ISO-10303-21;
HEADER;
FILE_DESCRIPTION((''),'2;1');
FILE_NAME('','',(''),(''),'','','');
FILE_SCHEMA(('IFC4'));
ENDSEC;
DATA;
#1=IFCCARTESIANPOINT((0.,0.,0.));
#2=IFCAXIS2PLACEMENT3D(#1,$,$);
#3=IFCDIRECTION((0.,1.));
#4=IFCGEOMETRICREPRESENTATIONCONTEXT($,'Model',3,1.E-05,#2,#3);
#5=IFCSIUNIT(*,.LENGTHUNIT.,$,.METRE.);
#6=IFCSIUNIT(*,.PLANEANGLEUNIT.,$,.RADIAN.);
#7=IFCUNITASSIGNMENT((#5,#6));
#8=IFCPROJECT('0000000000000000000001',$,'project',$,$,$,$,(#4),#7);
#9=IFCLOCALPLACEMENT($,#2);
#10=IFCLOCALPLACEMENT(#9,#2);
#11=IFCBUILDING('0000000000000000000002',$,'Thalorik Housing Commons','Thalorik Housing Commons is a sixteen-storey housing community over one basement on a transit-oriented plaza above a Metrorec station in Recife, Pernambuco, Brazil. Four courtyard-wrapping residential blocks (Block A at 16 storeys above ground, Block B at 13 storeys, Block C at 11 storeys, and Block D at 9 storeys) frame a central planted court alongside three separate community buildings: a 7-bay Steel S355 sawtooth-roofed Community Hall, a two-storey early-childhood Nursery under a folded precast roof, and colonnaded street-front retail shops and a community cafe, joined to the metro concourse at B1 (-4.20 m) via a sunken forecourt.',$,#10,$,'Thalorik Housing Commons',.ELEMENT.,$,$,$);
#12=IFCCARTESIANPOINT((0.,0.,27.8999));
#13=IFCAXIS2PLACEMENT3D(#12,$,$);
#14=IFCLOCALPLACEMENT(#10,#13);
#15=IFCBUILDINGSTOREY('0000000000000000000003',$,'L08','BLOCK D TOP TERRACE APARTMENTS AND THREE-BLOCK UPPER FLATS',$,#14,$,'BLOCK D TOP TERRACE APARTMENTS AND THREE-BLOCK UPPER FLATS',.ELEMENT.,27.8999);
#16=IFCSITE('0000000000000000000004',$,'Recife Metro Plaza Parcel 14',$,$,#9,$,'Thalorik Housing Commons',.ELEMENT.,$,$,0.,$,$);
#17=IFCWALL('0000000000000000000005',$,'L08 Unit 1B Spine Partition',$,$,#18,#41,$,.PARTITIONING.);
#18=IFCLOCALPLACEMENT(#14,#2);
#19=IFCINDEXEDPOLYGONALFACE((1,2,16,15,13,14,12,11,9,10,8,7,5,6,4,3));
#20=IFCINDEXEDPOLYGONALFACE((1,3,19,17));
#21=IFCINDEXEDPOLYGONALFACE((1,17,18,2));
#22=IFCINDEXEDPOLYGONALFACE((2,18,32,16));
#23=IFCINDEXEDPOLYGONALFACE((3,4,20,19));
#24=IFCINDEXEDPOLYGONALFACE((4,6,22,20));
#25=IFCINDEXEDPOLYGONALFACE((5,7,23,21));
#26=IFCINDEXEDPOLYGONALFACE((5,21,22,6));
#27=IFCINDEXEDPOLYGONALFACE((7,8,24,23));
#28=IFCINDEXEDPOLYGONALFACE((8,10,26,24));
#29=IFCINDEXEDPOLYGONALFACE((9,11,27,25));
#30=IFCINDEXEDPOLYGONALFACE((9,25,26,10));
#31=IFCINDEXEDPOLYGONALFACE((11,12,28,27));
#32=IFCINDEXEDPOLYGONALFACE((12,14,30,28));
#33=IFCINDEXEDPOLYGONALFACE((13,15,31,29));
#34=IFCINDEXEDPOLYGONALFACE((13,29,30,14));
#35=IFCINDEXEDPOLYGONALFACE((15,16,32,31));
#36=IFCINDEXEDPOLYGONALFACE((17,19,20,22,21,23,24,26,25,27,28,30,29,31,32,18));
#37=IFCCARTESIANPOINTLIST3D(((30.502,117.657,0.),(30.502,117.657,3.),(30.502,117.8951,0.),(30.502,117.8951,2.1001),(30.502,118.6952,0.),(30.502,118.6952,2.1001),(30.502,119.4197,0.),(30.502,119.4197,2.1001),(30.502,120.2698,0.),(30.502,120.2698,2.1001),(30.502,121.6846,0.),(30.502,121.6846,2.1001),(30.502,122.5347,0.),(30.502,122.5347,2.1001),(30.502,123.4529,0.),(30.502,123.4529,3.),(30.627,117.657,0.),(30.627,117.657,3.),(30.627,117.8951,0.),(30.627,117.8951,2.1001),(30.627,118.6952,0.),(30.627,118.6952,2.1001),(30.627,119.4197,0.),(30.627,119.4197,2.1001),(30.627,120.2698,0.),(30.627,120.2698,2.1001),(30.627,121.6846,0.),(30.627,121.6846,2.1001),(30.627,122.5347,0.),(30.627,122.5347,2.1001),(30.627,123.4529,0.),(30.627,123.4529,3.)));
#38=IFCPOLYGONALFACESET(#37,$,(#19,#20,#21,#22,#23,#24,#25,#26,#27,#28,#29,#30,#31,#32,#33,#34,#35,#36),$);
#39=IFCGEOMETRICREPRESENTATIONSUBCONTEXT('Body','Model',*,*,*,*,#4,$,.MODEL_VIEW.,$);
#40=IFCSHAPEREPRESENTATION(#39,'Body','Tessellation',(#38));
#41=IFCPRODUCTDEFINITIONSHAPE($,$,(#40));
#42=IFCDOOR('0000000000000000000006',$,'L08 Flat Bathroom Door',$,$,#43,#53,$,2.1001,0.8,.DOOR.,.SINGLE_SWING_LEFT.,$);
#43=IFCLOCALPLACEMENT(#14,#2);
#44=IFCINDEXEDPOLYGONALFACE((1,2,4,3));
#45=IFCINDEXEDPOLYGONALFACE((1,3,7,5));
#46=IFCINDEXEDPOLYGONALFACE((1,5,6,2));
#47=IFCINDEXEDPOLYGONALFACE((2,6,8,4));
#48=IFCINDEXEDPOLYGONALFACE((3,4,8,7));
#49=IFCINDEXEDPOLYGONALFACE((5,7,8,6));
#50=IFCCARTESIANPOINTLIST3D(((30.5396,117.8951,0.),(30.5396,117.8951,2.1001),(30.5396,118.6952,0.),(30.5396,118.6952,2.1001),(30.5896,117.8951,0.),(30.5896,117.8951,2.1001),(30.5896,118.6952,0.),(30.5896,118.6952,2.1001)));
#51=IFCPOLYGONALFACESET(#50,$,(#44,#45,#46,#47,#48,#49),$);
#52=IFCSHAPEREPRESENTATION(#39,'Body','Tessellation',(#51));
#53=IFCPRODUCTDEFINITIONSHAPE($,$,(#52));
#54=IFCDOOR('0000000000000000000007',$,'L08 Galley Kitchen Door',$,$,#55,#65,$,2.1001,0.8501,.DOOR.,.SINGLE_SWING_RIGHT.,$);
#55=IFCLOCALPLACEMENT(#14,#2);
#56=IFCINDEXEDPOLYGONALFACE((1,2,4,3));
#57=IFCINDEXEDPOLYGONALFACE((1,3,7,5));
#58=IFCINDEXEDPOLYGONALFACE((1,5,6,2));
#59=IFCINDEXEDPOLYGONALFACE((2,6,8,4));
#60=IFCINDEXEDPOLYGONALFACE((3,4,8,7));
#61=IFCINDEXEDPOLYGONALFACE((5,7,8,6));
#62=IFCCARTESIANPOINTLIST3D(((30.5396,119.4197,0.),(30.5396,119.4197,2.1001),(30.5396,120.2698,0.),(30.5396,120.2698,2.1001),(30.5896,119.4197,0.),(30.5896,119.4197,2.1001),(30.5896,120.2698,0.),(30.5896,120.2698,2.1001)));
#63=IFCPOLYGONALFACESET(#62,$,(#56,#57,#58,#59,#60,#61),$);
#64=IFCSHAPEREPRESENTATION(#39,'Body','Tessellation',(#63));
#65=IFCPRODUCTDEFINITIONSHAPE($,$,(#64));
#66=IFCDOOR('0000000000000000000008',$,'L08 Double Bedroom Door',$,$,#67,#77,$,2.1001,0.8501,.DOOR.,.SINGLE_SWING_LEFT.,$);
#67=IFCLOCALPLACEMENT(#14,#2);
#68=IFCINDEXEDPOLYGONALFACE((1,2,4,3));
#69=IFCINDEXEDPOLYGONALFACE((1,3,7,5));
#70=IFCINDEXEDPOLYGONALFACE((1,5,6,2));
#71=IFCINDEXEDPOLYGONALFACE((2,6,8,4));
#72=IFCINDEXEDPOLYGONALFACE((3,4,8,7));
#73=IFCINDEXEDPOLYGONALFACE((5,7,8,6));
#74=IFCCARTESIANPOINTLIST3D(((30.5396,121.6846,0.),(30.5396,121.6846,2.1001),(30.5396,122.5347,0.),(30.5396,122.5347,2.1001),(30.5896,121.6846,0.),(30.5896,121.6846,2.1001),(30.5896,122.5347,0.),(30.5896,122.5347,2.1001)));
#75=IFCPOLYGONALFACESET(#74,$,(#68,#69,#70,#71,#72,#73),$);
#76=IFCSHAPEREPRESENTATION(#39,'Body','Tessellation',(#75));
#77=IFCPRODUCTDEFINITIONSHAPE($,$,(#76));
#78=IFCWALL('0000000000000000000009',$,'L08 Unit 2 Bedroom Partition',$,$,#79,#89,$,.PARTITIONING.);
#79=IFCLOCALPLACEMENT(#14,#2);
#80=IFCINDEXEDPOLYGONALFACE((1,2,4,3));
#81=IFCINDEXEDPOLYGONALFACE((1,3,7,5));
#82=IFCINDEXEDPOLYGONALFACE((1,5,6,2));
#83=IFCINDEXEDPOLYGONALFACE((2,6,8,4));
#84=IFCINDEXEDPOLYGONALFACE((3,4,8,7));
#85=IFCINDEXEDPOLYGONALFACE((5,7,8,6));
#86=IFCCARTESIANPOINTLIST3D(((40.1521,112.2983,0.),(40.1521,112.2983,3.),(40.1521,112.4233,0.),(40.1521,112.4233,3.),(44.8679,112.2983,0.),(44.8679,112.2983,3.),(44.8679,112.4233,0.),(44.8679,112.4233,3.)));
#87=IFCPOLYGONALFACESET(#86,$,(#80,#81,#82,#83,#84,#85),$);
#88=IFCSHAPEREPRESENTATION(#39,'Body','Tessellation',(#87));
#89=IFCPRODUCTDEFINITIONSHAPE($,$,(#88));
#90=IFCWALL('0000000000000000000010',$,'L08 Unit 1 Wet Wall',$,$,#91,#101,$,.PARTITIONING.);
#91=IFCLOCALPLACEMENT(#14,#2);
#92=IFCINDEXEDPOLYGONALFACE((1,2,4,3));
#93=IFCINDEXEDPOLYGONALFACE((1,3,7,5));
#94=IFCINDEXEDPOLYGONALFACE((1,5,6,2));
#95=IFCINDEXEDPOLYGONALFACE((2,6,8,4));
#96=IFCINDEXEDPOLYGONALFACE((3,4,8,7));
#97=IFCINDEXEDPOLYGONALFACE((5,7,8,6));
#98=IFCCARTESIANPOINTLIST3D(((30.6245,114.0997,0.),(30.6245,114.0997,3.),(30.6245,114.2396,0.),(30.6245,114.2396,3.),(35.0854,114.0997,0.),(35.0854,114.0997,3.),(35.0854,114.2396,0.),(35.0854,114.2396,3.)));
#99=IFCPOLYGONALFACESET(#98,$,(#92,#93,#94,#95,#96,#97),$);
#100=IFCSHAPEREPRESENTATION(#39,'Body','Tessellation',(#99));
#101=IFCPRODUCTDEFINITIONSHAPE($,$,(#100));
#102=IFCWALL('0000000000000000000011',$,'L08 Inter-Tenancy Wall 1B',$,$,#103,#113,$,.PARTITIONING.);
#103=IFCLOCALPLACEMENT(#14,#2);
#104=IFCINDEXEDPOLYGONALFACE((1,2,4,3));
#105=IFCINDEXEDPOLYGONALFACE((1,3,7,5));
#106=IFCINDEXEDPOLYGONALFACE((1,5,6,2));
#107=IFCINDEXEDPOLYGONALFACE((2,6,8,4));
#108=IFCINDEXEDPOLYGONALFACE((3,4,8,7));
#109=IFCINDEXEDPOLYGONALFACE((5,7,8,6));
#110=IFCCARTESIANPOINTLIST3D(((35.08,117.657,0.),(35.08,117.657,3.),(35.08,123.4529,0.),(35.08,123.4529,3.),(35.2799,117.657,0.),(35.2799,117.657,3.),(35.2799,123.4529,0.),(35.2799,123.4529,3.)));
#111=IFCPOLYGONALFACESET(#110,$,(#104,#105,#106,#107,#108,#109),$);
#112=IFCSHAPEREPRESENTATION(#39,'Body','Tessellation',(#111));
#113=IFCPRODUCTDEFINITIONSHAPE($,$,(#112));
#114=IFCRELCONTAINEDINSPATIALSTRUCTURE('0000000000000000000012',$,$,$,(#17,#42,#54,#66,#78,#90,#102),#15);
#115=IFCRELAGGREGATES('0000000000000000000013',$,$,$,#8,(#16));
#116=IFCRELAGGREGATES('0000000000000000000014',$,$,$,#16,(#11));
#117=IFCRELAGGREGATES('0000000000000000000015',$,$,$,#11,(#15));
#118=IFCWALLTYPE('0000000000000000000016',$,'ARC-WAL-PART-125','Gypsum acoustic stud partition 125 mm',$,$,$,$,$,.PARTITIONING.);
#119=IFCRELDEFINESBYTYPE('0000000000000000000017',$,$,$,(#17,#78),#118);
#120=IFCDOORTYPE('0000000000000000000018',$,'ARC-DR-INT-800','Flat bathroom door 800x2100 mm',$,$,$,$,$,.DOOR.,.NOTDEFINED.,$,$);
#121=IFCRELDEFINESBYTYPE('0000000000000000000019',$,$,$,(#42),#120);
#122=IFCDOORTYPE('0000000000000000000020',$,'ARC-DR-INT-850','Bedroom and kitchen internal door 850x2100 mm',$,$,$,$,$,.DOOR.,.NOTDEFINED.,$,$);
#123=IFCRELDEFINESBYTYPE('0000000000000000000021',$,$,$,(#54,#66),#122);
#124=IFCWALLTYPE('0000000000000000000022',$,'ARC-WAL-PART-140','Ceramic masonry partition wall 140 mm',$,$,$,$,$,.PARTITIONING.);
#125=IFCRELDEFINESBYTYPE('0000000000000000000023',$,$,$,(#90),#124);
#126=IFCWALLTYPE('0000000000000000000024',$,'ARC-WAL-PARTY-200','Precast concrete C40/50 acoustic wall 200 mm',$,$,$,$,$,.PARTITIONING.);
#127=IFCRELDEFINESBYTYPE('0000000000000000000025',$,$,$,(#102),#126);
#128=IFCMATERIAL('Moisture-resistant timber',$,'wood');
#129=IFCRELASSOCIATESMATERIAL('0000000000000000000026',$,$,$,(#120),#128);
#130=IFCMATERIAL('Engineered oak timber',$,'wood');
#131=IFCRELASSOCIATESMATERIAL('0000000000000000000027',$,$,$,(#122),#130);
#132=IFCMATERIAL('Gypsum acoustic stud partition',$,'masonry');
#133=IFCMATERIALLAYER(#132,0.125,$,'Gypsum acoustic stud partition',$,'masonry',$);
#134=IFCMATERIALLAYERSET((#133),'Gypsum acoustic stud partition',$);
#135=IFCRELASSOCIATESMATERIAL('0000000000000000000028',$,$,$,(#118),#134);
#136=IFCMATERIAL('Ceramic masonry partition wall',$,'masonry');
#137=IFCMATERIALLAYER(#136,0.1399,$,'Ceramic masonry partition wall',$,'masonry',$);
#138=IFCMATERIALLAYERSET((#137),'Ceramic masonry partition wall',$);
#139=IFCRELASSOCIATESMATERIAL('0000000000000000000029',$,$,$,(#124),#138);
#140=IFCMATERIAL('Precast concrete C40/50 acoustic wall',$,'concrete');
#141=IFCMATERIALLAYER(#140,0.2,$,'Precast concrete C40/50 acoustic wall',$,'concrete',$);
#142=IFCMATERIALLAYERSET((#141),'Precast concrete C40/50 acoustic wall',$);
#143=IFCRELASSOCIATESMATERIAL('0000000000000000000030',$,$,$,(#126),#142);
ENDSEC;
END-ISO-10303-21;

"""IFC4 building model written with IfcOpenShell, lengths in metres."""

from ifc_helpers import new_model, si_unit, direction, frame, frame_2d, origin, place, context, subcontext, project, spatial, rectangle, extrude, material, layer, layer_set, type_object, element, fill, save


model = new_model("IFC4")

# Units and contexts
model_context = context("Model", 3, precision=1e-05, world=origin(), true_north=direction((0.0, 1.0)))
body_context = subcontext(model_context, "Body", "Model", "MODEL_VIEW")
ifc_project = project(units=[si_unit("LENGTHUNIT", "METRE"), si_unit("PLANEANGLEUNIT", "RADIAN")], contexts=[model_context])

# Site, building, storey
site_placement = place(None, origin())
site = spatial("IfcSite", under=ifc_project, at=site_placement, Name="Recife Metro Plaza Parcel 14", LongName="Thalorik Housing Commons", CompositionType="ELEMENT", RefElevation=0.0)
building_placement = place(site_placement, origin())
building = spatial("IfcBuilding", under=site, at=building_placement, Name="Thalorik Housing Commons", Description="Thalorik Housing Commons is a sixteen-storey housing community over one basement on a transit-oriented plaza above a Metrorec station in Recife, Pernambuco, Brazil. Four courtyard-wrapping residential blocks (Block A at 16 storeys above ground, Block B at 13 storeys, Block C at 11 storeys, and Block D at 9 storeys) frame a central planted court alongside three separate community buildings: a 7-bay Steel S355 sawtooth-roofed Community Hall, a two-storey early-childhood Nursery under a folded precast roof, and colonnaded street-front retail shops and a community cafe, joined to the metro concourse at B1 (-4.20 m) via a sunken forecourt.", LongName="Thalorik Housing Commons", CompositionType="ELEMENT")
storey_placement = place(building_placement, frame((0.0, 0.0, 27.8999)))
storey = spatial("IfcBuildingStorey", under=building, at=storey_placement, Name="L08", Description="BLOCK D TOP TERRACE APARTMENTS AND THREE-BLOCK UPPER FLATS", LongName="BLOCK D TOP TERRACE APARTMENTS AND THREE-BLOCK UPPER FLATS", CompositionType="ELEMENT", Elevation=27.8999)

# Wall, openings, doors
ifc_material_1 = material(Name="Moisture-resistant timber", Category="wood")
door_type_1 = type_object("IfcDoorType", Name="ARC-DR-INT-800", Description="Flat bathroom door 800x2100 mm", OperationType="NOTDEFINED", PredefinedType="DOOR", material=ifc_material_1)
ifc_material_2 = material(Name="Engineered oak timber", Category="wood")
door_type_2 = type_object("IfcDoorType", Name="ARC-DR-INT-850", Description="Bedroom and kitchen internal door 850x2100 mm", OperationType="NOTDEFINED", PredefinedType="DOOR", material=ifc_material_2)
ifc_material_3 = material(Name="Gypsum acoustic stud partition", Category="masonry")
ifc_layer_1 = layer(ifc_material_3, 0.125, Name="Gypsum acoustic stud partition", Category="masonry")
ifc_layer_set_1 = layer_set([ifc_layer_1], Name="Gypsum acoustic stud partition")
wall_type_1 = type_object("IfcWallType", Name="ARC-WAL-PART-125", Description="Gypsum acoustic stud partition 125 mm", PredefinedType="PARTITIONING", material=ifc_layer_set_1)
wall_1_placement = place(storey_placement, frame((30.5645, 117.657, 0.0), z_axis=(0.0, 0.0, 1.0), x_axis=(0.0, 1.0, 0.0)))
wall_1 = element("IfcWall", 1, at=wall_1_placement, inside=storey, type_object=wall_type_1, Name="L08 Unit 1B Spine Partition", PredefinedType="PARTITIONING", context=body_context, shape_type="SweptSolid", body=[
    extrude(rectangle(XDim=5.7959, YDim=0.125, at=frame_2d((2.8979, 0.0))), origin(), (0.0, 0.0, 1.0), 3.0),
])
opening_1_placement = place(wall_1_placement, frame((0.2383, 0.0, 0.0)))
opening_1 = element("IfcOpeningElement", 2, at=opening_1_placement, cuts=wall_1, PredefinedType="OPENING", context=body_context, shape_type="SweptSolid", body=[
    extrude(rectangle(XDim=0.8, YDim=2.1001, at=frame_2d((0.3999, 1.05))), frame((0.0, 0.0725, 0.0), z_axis=(0.0, -1.0, 0.0), x_axis=(1.0, 0.0, 0.0)), (0.0, 0.0, 1.0), 0.145),
])
opening_2_placement = place(wall_1_placement, frame((1.7627, 0.0, 0.0)))
opening_2 = element("IfcOpeningElement", 3, at=opening_2_placement, cuts=wall_1, PredefinedType="OPENING", context=body_context, shape_type="SweptSolid", body=[
    extrude(rectangle(XDim=0.8501, YDim=2.1001, at=frame_2d((0.425, 1.05))), frame((0.0, 0.0725, 0.0), z_axis=(0.0, -1.0, 0.0), x_axis=(1.0, 0.0, 0.0)), (0.0, 0.0, 1.0), 0.145),
])
opening_3_placement = place(wall_1_placement, frame((4.0276, 0.0, 0.0)))
opening_3 = element("IfcOpeningElement", 4, at=opening_3_placement, cuts=wall_1, PredefinedType="OPENING", context=body_context, shape_type="SweptSolid", body=[
    extrude(rectangle(XDim=0.8501, YDim=2.1001, at=frame_2d((0.425, 1.05))), frame((0.0, 0.0725, 0.0), z_axis=(0.0, -1.0, 0.0), x_axis=(1.0, 0.0, 0.0)), (0.0, 0.0, 1.0), 0.145),
])
door_1_placement = place(opening_1_placement, origin())
door_1 = element("IfcDoor", 5, at=door_1_placement, inside=storey, type_object=door_type_1, Name="L08 Flat Bathroom Door", OperationType="SINGLE_SWING_LEFT", OverallHeight=2.1001, OverallWidth=0.8, PredefinedType="DOOR", context=body_context, shape_type="SweptSolid", body=[
    extrude(rectangle(XDim=0.8, YDim=2.1001, at=frame_2d((0.3999, 1.05))), frame((0.0, 0.0249, 0.0), z_axis=(0.0, -1.0, 0.0), x_axis=(1.0, 0.0, 0.0)), (0.0, 0.0, 1.0), 0.05),
])
fill(opening_1, door_1)
door_2_placement = place(opening_2_placement, origin())
door_2 = element("IfcDoor", 6, at=door_2_placement, inside=storey, type_object=door_type_2, Name="L08 Galley Kitchen Door", OperationType="SINGLE_SWING_RIGHT", OverallHeight=2.1001, OverallWidth=0.8501, PredefinedType="DOOR", context=body_context, shape_type="SweptSolid", body=[
    extrude(rectangle(XDim=0.8501, YDim=2.1001, at=frame_2d((0.425, 1.05))), frame((0.0, 0.0249, 0.0), z_axis=(0.0, -1.0, 0.0), x_axis=(1.0, 0.0, 0.0)), (0.0, 0.0, 1.0), 0.05),
])
fill(opening_2, door_2)
door_3_placement = place(opening_3_placement, origin())
door_3 = element("IfcDoor", 7, at=door_3_placement, inside=storey, type_object=door_type_2, Name="L08 Double Bedroom Door", OperationType="SINGLE_SWING_LEFT", OverallHeight=2.1001, OverallWidth=0.8501, PredefinedType="DOOR", context=body_context, shape_type="SweptSolid", body=[
    extrude(rectangle(XDim=0.8501, YDim=2.1001, at=frame_2d((0.425, 1.05))), frame((0.0, 0.0249, 0.0), z_axis=(0.0, -1.0, 0.0), x_axis=(1.0, 0.0, 0.0)), (0.0, 0.0, 1.0), 0.05),
])
fill(opening_3, door_3)

# Walls
wall_2_placement = place(storey_placement, frame((40.1521, 112.3608, 0.0), z_axis=(0.0, 0.0, 1.0), x_axis=(1.0, 0.0, 0.0)))
element("IfcWall", 8, at=wall_2_placement, inside=storey, type_object=wall_type_1, Name="L08 Unit 2 Bedroom Partition", PredefinedType="PARTITIONING", context=body_context, shape_type="SweptSolid", body=[
    extrude(rectangle(XDim=4.7158, YDim=0.125, at=frame_2d((2.3579, 0.0))), origin(), (0.0, 0.0, 1.0), 3.0),
])
ifc_material_4 = material(Name="Ceramic masonry partition wall", Category="masonry")
ifc_layer_2 = layer(ifc_material_4, 0.1399, Name="Ceramic masonry partition wall", Category="masonry")
ifc_layer_set_2 = layer_set([ifc_layer_2], Name="Ceramic masonry partition wall")
wall_type_2 = type_object("IfcWallType", Name="ARC-WAL-PART-140", Description="Ceramic masonry partition wall 140 mm", PredefinedType="PARTITIONING", material=ifc_layer_set_2)
wall_3_placement = place(storey_placement, frame((30.6245, 114.1697, 0.0), z_axis=(0.0, 0.0, 1.0), x_axis=(1.0, 0.0, 0.0)))
element("IfcWall", 9, at=wall_3_placement, inside=storey, type_object=wall_type_2, Name="L08 Unit 1 Wet Wall", PredefinedType="PARTITIONING", context=body_context, shape_type="SweptSolid", body=[
    extrude(rectangle(XDim=4.4609, YDim=0.1399, at=frame_2d((2.2305, 0.0))), origin(), (0.0, 0.0, 1.0), 3.0),
])
ifc_material_5 = material(Name="Precast concrete C40/50 acoustic wall", Category="concrete")
ifc_layer_3 = layer(ifc_material_5, 0.2, Name="Precast concrete C40/50 acoustic wall", Category="concrete")
ifc_layer_set_3 = layer_set([ifc_layer_3], Name="Precast concrete C40/50 acoustic wall")
wall_type_3 = type_object("IfcWallType", Name="ARC-WAL-PARTY-200", Description="Precast concrete C40/50 acoustic wall 200 mm", PredefinedType="PARTITIONING", material=ifc_layer_set_3)
wall_4_placement = place(storey_placement, frame((35.1799, 117.657, 0.0), z_axis=(0.0, 0.0, 1.0), x_axis=(0.0, 1.0, 0.0)))
element("IfcWall", 10, at=wall_4_placement, inside=storey, type_object=wall_type_3, Name="L08 Inter-Tenancy Wall 1B", PredefinedType="PARTITIONING", context=body_context, shape_type="SweptSolid", body=[
    extrude(rectangle(XDim=5.7959, YDim=0.2, at=frame_2d((2.8979, 0.0))), origin(), (0.0, 0.0, 1.0), 3.0),
])

save(model, "model.ifc")
